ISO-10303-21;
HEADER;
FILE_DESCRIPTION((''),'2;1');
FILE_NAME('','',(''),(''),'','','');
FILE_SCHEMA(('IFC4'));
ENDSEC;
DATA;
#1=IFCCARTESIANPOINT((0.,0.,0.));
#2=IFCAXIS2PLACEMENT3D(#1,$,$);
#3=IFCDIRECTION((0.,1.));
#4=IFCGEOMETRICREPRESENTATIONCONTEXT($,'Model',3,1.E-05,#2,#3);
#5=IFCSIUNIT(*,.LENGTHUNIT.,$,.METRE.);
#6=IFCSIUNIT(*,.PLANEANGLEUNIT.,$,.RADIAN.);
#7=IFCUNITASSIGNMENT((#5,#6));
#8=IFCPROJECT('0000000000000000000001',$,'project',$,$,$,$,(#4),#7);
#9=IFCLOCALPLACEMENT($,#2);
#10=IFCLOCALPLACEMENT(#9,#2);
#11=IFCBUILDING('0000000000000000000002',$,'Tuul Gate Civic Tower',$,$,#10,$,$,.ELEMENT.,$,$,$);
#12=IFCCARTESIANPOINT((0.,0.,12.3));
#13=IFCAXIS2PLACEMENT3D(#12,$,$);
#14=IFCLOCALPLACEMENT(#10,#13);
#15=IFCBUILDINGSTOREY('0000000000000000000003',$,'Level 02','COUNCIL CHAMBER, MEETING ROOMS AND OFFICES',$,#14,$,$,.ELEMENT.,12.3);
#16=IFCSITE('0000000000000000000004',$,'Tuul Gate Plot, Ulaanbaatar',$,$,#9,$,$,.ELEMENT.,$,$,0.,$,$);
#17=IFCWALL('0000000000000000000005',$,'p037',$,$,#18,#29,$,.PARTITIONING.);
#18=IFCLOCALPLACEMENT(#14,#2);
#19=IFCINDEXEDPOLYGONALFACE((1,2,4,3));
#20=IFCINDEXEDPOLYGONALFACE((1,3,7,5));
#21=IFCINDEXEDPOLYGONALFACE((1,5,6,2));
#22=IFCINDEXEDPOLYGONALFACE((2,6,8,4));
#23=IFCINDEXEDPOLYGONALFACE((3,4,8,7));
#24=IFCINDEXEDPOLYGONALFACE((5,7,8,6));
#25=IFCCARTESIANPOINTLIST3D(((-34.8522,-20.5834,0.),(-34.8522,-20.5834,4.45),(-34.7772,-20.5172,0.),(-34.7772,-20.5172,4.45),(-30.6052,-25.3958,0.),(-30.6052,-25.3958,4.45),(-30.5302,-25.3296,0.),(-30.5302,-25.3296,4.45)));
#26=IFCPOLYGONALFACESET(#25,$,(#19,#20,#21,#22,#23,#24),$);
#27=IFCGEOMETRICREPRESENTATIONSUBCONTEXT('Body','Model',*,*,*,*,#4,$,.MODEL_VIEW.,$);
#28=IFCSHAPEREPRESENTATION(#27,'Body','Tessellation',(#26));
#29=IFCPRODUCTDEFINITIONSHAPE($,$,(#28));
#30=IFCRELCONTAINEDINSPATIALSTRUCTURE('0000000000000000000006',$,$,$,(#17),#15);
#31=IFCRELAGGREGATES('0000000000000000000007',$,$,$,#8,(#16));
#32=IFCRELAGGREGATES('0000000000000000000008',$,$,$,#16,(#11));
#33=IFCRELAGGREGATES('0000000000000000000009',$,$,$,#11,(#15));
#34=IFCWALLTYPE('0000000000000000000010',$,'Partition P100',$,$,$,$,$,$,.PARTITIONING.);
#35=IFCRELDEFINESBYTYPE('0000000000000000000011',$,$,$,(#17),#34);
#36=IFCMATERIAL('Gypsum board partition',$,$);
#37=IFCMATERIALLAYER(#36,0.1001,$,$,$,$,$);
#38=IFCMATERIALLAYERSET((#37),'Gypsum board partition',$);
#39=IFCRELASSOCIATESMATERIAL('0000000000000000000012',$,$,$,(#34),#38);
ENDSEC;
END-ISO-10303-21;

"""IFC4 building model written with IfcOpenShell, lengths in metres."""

from ifc_helpers import new_model, si_unit, direction, frame, frame_2d, origin, place, context, subcontext, project, spatial, rectangle, extrude, material, layer, layer_set, type_object, element, save


model = new_model("IFC4")

# Units and contexts
model_context = context("Model", 3, precision=1e-05, world=origin(), true_north=direction((0.0, 1.0)))
body_context = subcontext(model_context, "Body", "Model", "MODEL_VIEW")
ifc_project = project(units=[si_unit("LENGTHUNIT", "METRE"), si_unit("PLANEANGLEUNIT", "RADIAN")], contexts=[model_context])

# Site, building, storey
site_placement = place(None, origin())
site = spatial("IfcSite", under=ifc_project, at=site_placement, Name="Tuul Gate Plot, Ulaanbaatar", CompositionType="ELEMENT", RefElevation=0.0)
building_placement = place(site_placement, origin())
building = spatial("IfcBuilding", under=site, at=building_placement, Name="Tuul Gate Civic Tower", CompositionType="ELEMENT")
storey_placement = place(building_placement, frame((0.0, 0.0, 12.3)))
storey = spatial("IfcBuildingStorey", under=building, at=storey_placement, Name="Level 02", Description="COUNCIL CHAMBER, MEETING ROOMS AND OFFICES", CompositionType="ELEMENT", Elevation=12.3)

# Wall
ifc_material_1 = material(Name="Gypsum board partition")
ifc_layer_1 = layer(ifc_material_1, 0.1001)
ifc_layer_set_1 = layer_set([ifc_layer_1], Name="Gypsum board partition")
wall_type_1 = type_object("IfcWallType", Name="Partition P100", PredefinedType="PARTITIONING", material=ifc_layer_set_1)
wall_1_placement = place(storey_placement, frame((-34.8147, -20.5503, 0.0), z_axis=(0.0, 0.0, 1.0), x_axis=(0.661687, -0.74978, 0.0)))
element("IfcWall", 1, at=wall_1_placement, inside=storey, type_object=wall_type_1, Name="p037", PredefinedType="PARTITIONING", context=body_context, shape_type="SweptSolid", body=[
    extrude(rectangle(XDim=6.4185, YDim=0.1001, at=frame_2d((3.2092, 0.0))), origin(), (0.0, 0.0, 1.0), 4.45),
])

save(model, "model.ifc")
